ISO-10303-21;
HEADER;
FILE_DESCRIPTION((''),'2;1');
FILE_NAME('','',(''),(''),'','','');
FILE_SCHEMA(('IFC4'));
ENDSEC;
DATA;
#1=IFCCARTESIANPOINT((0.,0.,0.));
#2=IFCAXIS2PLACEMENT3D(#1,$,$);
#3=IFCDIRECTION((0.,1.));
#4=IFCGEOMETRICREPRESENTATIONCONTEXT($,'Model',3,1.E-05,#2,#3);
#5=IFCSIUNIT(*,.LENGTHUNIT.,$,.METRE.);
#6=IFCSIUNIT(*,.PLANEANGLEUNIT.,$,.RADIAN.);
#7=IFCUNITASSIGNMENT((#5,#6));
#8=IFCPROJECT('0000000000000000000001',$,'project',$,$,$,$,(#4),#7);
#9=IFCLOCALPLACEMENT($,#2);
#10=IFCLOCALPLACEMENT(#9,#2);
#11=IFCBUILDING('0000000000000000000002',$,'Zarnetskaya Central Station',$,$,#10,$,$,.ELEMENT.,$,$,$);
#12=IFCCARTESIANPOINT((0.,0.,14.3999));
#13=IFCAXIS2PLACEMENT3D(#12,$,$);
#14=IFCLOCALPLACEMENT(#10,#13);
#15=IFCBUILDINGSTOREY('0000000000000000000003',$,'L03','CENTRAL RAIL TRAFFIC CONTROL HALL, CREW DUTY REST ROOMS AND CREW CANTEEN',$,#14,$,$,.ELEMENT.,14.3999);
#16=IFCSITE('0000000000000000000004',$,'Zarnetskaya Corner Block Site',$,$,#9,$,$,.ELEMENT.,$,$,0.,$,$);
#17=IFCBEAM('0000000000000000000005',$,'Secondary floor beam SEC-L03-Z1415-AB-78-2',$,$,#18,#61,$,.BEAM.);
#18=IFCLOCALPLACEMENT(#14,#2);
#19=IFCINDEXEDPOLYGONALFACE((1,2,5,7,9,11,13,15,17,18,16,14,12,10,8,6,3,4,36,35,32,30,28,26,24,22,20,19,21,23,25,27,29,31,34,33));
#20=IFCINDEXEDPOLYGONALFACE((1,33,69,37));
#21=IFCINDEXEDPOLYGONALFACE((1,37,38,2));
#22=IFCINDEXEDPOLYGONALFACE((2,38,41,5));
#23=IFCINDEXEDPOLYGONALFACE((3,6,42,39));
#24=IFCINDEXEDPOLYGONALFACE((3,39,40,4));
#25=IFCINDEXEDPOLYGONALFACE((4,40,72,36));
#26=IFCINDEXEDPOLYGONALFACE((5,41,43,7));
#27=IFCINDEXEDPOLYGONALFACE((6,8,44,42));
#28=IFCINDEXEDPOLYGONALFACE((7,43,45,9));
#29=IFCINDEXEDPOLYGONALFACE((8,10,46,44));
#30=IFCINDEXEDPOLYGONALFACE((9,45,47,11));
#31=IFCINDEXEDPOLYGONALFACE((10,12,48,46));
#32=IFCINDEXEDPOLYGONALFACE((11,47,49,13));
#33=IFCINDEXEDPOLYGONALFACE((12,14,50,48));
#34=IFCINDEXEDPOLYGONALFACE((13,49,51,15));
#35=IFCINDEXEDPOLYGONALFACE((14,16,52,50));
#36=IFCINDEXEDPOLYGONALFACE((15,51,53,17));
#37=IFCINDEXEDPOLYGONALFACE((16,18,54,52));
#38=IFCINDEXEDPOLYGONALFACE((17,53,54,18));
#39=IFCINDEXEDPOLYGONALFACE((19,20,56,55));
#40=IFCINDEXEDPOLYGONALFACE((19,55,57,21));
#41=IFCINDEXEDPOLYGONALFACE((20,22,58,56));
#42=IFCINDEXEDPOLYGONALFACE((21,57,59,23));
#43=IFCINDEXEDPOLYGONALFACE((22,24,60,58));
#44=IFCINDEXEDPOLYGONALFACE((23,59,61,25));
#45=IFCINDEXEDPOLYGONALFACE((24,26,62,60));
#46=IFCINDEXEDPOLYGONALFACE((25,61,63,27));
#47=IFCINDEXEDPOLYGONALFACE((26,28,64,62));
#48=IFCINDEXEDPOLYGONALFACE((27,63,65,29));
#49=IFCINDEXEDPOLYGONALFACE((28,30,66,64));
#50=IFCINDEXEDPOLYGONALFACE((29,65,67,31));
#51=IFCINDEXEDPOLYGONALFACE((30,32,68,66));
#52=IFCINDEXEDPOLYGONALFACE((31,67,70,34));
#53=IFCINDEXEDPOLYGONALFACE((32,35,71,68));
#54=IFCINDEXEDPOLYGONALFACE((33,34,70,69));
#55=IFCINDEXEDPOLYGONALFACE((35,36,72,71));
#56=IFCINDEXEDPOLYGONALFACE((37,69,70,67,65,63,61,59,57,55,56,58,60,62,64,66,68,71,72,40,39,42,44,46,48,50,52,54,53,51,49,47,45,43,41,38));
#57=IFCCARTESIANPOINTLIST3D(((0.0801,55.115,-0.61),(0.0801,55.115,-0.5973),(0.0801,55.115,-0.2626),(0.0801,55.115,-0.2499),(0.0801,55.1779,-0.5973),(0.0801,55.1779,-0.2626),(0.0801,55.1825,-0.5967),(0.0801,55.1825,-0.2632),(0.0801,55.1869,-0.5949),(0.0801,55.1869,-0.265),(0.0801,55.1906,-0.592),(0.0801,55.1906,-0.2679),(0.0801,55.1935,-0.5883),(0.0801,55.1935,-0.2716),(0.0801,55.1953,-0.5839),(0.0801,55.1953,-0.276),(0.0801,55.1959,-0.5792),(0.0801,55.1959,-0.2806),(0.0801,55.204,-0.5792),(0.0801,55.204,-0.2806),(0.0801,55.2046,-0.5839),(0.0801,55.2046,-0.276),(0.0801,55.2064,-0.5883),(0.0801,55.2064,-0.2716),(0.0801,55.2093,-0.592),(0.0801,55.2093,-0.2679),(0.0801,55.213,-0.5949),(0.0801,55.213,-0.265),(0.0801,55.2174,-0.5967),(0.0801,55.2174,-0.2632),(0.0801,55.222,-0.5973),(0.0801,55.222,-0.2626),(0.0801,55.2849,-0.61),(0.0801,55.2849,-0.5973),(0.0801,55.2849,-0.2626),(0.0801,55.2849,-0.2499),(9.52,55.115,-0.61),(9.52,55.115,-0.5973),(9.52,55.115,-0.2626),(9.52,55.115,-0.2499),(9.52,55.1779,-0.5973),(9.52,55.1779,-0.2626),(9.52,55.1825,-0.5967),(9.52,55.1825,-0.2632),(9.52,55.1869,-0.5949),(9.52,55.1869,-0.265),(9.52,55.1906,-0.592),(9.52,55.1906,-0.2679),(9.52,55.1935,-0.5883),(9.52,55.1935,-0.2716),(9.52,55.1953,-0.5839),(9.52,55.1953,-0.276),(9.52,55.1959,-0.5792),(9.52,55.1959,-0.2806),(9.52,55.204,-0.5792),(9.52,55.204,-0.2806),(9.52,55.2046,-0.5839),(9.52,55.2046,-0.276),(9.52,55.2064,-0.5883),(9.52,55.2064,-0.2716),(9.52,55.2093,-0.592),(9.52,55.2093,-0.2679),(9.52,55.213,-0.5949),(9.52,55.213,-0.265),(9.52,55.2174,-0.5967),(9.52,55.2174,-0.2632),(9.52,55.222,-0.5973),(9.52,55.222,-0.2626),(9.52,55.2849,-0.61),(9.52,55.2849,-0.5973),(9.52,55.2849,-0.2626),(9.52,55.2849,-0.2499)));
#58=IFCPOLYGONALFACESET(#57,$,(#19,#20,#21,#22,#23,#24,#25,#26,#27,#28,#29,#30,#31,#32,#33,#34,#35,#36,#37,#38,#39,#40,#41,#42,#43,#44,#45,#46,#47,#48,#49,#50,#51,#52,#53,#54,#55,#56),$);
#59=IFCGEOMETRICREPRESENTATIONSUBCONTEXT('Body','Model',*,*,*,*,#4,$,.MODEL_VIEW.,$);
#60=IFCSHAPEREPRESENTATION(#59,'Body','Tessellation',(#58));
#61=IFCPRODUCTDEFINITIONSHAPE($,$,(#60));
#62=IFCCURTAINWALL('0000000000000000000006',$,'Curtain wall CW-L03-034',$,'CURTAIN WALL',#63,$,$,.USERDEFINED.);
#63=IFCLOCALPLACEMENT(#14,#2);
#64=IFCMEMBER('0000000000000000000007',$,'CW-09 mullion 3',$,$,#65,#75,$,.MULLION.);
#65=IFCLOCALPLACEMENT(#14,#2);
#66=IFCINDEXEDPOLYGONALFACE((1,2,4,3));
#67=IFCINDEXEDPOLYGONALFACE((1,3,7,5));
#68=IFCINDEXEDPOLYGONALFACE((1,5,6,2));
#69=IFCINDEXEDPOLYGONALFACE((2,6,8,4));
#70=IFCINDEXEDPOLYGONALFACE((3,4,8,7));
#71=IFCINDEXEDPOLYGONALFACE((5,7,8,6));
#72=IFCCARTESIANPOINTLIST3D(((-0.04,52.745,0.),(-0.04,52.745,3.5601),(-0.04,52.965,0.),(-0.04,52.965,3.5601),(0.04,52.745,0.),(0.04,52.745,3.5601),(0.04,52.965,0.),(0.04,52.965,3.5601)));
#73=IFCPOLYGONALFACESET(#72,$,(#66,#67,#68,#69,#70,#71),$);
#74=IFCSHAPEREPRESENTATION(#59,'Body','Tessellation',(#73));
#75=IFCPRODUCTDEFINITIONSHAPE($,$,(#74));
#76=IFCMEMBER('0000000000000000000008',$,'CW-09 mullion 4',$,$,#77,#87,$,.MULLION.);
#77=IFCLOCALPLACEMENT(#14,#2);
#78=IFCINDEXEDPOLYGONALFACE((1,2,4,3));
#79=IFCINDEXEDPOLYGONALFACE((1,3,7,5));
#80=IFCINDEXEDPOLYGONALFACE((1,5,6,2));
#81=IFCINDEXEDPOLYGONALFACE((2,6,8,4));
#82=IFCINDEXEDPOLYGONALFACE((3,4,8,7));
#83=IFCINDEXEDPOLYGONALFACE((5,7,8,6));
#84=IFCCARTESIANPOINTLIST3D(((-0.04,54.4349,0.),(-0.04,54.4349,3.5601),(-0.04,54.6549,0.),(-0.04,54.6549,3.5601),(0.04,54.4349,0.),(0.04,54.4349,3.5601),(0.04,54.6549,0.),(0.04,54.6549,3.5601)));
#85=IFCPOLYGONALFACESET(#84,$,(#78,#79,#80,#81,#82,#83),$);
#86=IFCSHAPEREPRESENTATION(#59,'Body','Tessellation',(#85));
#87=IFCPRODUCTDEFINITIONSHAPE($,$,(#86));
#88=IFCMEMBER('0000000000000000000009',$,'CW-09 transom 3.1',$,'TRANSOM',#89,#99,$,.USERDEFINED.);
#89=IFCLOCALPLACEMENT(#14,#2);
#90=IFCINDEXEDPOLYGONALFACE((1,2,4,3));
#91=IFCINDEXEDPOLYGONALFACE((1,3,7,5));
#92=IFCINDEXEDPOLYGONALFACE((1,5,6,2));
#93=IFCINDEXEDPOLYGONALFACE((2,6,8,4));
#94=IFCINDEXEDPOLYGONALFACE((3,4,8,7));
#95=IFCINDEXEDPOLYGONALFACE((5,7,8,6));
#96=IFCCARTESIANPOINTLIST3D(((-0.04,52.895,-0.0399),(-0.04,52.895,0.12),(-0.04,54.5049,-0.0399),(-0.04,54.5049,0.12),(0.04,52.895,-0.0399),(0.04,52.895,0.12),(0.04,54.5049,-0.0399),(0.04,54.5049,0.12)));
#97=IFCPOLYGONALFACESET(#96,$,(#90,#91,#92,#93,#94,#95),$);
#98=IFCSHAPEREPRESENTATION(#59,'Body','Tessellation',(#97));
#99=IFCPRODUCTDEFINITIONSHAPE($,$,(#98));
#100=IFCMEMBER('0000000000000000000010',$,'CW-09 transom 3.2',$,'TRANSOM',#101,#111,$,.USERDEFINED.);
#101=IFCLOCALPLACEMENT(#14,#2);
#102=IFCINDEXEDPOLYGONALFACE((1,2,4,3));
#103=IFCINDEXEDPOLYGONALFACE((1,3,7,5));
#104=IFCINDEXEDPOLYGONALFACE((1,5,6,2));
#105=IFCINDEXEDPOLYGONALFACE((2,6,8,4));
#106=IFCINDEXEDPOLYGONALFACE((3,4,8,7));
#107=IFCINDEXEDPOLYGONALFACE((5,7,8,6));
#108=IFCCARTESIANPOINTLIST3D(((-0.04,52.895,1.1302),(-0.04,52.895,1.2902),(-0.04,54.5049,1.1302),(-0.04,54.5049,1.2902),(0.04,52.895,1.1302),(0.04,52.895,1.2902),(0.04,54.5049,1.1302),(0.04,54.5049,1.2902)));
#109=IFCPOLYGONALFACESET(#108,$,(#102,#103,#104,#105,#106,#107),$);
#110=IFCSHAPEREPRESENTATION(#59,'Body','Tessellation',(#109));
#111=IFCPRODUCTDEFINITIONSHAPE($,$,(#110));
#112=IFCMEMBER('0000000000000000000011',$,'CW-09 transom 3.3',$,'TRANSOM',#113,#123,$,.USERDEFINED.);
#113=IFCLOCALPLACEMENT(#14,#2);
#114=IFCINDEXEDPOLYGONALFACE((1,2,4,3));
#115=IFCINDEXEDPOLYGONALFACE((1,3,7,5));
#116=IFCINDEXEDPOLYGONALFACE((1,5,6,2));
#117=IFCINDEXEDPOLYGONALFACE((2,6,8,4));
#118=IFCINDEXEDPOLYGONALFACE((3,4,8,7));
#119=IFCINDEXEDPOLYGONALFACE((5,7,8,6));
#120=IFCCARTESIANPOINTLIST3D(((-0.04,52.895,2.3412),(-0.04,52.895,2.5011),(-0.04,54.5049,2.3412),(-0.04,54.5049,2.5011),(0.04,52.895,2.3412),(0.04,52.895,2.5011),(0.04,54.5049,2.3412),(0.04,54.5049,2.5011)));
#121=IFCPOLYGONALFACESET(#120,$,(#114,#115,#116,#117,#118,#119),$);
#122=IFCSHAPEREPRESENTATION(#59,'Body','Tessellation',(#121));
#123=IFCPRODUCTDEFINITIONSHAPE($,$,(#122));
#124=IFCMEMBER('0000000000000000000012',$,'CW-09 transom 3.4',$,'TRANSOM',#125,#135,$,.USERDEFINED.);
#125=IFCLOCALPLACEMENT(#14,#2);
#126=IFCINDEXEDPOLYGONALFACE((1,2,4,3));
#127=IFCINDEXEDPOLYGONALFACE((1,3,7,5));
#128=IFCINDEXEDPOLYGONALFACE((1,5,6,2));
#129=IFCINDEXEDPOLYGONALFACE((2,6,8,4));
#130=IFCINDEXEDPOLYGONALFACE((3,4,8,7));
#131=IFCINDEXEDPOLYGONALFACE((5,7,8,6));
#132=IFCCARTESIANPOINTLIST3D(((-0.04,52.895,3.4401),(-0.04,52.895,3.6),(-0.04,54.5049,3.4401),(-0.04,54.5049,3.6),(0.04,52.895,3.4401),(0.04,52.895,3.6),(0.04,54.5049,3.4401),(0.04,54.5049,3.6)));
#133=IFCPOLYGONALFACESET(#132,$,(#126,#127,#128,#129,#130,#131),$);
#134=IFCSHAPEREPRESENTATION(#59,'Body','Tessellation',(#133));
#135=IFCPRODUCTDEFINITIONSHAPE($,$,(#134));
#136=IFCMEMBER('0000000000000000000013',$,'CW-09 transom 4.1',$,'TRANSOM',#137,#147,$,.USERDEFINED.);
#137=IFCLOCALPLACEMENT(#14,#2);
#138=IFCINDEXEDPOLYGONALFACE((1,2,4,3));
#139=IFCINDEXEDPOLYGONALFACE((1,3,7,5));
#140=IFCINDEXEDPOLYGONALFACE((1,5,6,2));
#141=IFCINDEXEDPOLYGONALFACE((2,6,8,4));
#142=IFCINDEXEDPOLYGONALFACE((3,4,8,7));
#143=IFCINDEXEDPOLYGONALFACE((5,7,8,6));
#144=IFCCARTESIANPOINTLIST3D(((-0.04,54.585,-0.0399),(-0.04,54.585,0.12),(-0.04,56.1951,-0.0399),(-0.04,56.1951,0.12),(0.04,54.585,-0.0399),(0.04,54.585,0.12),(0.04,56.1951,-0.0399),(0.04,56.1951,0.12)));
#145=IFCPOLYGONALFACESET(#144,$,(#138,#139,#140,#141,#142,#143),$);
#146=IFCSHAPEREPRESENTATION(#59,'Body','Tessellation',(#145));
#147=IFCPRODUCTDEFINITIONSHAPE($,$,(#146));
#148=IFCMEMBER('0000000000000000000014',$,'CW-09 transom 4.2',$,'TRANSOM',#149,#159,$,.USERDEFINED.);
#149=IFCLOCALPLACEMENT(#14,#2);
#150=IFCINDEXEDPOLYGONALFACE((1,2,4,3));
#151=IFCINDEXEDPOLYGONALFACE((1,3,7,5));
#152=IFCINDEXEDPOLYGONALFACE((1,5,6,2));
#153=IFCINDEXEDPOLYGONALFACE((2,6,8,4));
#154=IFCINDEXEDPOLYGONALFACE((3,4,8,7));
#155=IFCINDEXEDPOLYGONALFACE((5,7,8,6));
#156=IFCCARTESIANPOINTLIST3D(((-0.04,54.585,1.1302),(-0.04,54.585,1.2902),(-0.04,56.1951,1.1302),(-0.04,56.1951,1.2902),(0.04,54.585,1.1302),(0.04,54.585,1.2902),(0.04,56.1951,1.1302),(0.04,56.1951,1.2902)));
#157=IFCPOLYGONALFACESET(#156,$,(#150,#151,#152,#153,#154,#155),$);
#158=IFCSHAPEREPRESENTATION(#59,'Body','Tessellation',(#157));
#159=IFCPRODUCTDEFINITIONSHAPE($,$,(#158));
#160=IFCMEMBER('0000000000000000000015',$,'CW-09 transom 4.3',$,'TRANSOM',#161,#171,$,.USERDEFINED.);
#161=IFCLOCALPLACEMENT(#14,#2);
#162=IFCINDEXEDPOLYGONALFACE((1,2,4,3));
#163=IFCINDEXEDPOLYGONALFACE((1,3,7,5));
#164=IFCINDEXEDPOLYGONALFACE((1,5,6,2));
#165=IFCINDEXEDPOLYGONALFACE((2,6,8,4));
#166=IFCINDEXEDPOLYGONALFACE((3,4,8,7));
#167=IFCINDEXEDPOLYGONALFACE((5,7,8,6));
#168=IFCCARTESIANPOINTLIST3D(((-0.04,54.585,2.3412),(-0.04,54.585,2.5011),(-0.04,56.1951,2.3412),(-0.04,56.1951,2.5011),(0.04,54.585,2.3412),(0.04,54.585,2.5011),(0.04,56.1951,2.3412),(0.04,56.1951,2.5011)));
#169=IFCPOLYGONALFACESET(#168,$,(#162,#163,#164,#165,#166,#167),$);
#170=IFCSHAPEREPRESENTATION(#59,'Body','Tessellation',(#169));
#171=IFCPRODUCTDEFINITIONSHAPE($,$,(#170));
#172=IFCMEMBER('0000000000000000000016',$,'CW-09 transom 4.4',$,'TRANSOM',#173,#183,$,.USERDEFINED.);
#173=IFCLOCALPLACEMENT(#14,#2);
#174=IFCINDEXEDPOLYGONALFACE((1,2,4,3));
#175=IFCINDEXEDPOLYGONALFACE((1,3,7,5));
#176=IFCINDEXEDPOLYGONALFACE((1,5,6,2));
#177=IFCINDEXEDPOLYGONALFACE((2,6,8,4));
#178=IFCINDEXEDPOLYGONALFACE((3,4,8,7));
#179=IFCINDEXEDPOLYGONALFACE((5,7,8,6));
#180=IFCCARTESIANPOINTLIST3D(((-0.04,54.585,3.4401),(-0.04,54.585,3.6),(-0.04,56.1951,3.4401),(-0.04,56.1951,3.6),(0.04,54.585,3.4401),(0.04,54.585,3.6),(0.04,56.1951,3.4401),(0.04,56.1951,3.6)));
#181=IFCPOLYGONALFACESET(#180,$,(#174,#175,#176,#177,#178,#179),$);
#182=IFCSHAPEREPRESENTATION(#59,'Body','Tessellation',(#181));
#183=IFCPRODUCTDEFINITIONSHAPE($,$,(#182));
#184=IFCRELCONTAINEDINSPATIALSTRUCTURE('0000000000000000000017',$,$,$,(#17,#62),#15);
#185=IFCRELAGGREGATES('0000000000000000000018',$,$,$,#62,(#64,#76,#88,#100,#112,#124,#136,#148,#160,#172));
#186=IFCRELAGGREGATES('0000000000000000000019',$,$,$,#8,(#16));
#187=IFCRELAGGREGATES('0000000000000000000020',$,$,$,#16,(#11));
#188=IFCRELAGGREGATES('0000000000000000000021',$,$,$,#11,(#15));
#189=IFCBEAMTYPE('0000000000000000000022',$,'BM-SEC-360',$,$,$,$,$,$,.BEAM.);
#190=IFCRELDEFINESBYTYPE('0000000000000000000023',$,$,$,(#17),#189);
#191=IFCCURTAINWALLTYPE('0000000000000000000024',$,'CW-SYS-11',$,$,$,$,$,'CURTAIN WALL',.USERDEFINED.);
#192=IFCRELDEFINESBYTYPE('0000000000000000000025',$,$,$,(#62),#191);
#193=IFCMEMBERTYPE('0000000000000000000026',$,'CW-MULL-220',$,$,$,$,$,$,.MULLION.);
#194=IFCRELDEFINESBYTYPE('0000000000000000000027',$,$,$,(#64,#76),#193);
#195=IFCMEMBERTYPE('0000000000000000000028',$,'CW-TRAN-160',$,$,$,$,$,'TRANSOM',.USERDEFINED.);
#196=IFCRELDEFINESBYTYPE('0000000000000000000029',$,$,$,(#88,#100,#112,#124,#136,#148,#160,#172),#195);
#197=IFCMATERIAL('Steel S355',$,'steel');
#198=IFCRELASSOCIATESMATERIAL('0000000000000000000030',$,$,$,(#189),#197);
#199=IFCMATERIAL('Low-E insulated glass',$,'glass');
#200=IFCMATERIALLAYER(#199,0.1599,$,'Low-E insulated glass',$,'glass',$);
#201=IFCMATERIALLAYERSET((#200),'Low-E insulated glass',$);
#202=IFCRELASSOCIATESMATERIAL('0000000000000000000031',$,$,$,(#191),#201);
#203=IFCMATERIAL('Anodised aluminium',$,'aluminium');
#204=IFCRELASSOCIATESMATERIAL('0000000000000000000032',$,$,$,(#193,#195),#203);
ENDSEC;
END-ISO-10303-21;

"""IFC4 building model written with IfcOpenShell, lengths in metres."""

from ifc_helpers import new_model, si_unit, direction, frame, origin, origin_2d, place, context, subcontext, project, spatial, rectangle, i_section, extrude, material, layer, layer_set, material_profile, profile_set, type_object, element, aggregate, save


model = new_model("IFC4")

# Units and contexts
model_context = context("Model", 3, precision=1e-05, world=origin(), true_north=direction((0.0, 1.0)))
body_context = subcontext(model_context, "Body", "Model", "MODEL_VIEW")
ifc_project = project(units=[si_unit("LENGTHUNIT", "METRE"), si_unit("PLANEANGLEUNIT", "RADIAN")], contexts=[model_context])

# Site, building, storey
site_placement = place(None, origin())
site = spatial("IfcSite", under=ifc_project, at=site_placement, Name="Zarnetskaya Corner Block Site", CompositionType="ELEMENT", RefElevation=0.0)
building_placement = place(site_placement, origin())
building = spatial("IfcBuilding", under=site, at=building_placement, Name="Zarnetskaya Central Station", CompositionType="ELEMENT")
storey_placement = place(building_placement, frame((0.0, 0.0, 14.3999)))
storey = spatial("IfcBuildingStorey", under=building, at=storey_placement, Name="L03", Description="CENTRAL RAIL TRAFFIC CONTROL HALL, CREW DUTY REST ROOMS AND CREW CANTEEN", CompositionType="ELEMENT", Elevation=14.3999)

# Beam
ifc_material_1 = material(Name="Steel S355", Category="steel")
ifc_material_profile_1 = material_profile(ifc_material_1, i_section(OverallWidth=0.1699, OverallDepth=0.3601, WebThickness=0.0081, FlangeThickness=0.0127, FilletRadius=0.0181, at=origin_2d()), Name="IPE 360")
ifc_profile_set_1 = profile_set([ifc_material_profile_1], Name="Steel S355")
beam_type = type_object("IfcBeamType", Name="BM-SEC-360", PredefinedType="BEAM", material=ifc_profile_set_1)
beam_placement = place(storey_placement, frame((0.0801, 55.2, -0.4299), z_axis=(1.0, 0.0, 0.0), x_axis=(0.0, 1.0, 0.0)))
element("IfcBeam", 1, at=beam_placement, inside=storey, type_object=beam_type, Name="Secondary floor beam SEC-L03-Z1415-AB-78-2", PredefinedType="BEAM", context=body_context, shape_type="SweptSolid", body=[
    extrude(i_section(OverallWidth=0.1699, OverallDepth=0.3601, WebThickness=0.0081, FlangeThickness=0.0127, FilletRadius=0.0181, at=origin_2d()), origin(), (0.0, 0.0, 1.0), 9.4399),
])

# Curtain wall, members
ifc_material_2 = material(Name="Low-E insulated glass", Category="glass")
ifc_layer_1 = layer(ifc_material_2, 0.1599, Name="Low-E insulated glass", Category="glass")
ifc_layer_set_1 = layer_set([ifc_layer_1], Name="Low-E insulated glass")
curtain_wall_type = type_object("IfcCurtainWallType", Name="CW-SYS-11", ElementType="CURTAIN WALL", PredefinedType="USERDEFINED", material=ifc_layer_set_1)
curtain_wall_placement = place(storey_placement, origin())
curtain_wall = element("IfcCurtainWall", 2, at=curtain_wall_placement, inside=storey, type_object=curtain_wall_type, Name="Curtain wall CW-L03-034", ObjectType="CURTAIN WALL", PredefinedType="USERDEFINED")
ifc_material_3 = material(Name="Anodised aluminium", Category="aluminium")
ifc_material_profile_2 = material_profile(ifc_material_3, rectangle(XDim=0.0801, YDim=0.22, at=origin_2d()), Name="ALU MULL 80x220")
ifc_profile_set_2 = profile_set([ifc_material_profile_2], Name="Anodised aluminium")
member_type_1 = type_object("IfcMemberType", Name="CW-MULL-220", PredefinedType="MULLION", material=ifc_profile_set_2)
member_1_placement = place(storey_placement, frame((0.0, 52.855, 0.0), z_axis=(0.0, 0.0, 1.0), x_axis=(-1.0, 0.0, 0.0)))
member_1 = element("IfcMember", 3, at=member_1_placement, type_object=member_type_1, Name="CW-09 mullion 3", PredefinedType="MULLION", context=body_context, shape_type="SweptSolid", body=[
    extrude(rectangle(XDim=0.0801, YDim=0.22, at=origin_2d()), origin(), (0.0, 0.0, 1.0), 3.5601),
])
member_2_placement = place(storey_placement, frame((0.0, 54.5449, 0.0), z_axis=(0.0, 0.0, 1.0), x_axis=(-1.0, 0.0, 0.0)))
member_2 = element("IfcMember", 4, at=member_2_placement, type_object=member_type_1, Name="CW-09 mullion 4", PredefinedType="MULLION", context=body_context, shape_type="SweptSolid", body=[
    extrude(rectangle(XDim=0.0801, YDim=0.22, at=origin_2d()), origin(), (0.0, 0.0, 1.0), 3.5601),
])
ifc_material_profile_3 = material_profile(ifc_material_3, rectangle(XDim=0.0801, YDim=0.1599, at=origin_2d()), Name="ALU TRAN 80x160")
ifc_profile_set_3 = profile_set([ifc_material_profile_3], Name="Anodised aluminium")
member_type_2 = type_object("IfcMemberType", Name="CW-TRAN-160", ElementType="TRANSOM", PredefinedType="USERDEFINED", material=ifc_profile_set_3)
member_3_placement = place(storey_placement, frame((0.0, 52.895, 0.04), z_axis=(0.0, 1.0, 0.0), x_axis=(-1.0, 0.0, 0.0)))
member_3 = element("IfcMember", 5, at=member_3_placement, type_object=member_type_2, Name="CW-09 transom 3.1", ObjectType="TRANSOM", PredefinedType="USERDEFINED", context=body_context, shape_type="SweptSolid", body=[
    extrude(rectangle(XDim=0.0801, YDim=0.1599, at=origin_2d()), origin(), (0.0, 0.0, 1.0), 1.6099),
])
member_4_placement = place(storey_placement, frame((0.0, 52.895, 1.2102), z_axis=(0.0, 1.0, 0.0), x_axis=(-1.0, 0.0, 0.0)))
member_4 = element("IfcMember", 6, at=member_4_placement, type_object=member_type_2, Name="CW-09 transom 3.2", ObjectType="TRANSOM", PredefinedType="USERDEFINED", context=body_context, shape_type="SweptSolid", body=[
    extrude(rectangle(XDim=0.0801, YDim=0.1599, at=origin_2d()), origin(), (0.0, 0.0, 1.0), 1.6099),
])
member_5_placement = place(storey_placement, frame((0.0, 52.895, 2.4211), z_axis=(0.0, 1.0, 0.0), x_axis=(-1.0, 0.0, 0.0)))
member_5 = element("IfcMember", 7, at=member_5_placement, type_object=member_type_2, Name="CW-09 transom 3.3", ObjectType="TRANSOM", PredefinedType="USERDEFINED", context=body_context, shape_type="SweptSolid", body=[
    extrude(rectangle(XDim=0.0801, YDim=0.1599, at=origin_2d()), origin(), (0.0, 0.0, 1.0), 1.6099),
])
member_6_placement = place(storey_placement, frame((0.0, 52.895, 3.52), z_axis=(0.0, 1.0, 0.0), x_axis=(-1.0, 0.0, 0.0)))
member_6 = element("IfcMember", 8, at=member_6_placement, type_object=member_type_2, Name="CW-09 transom 3.4", ObjectType="TRANSOM", PredefinedType="USERDEFINED", context=body_context, shape_type="SweptSolid", body=[
    extrude(rectangle(XDim=0.0801, YDim=0.1599, at=origin_2d()), origin(), (0.0, 0.0, 1.0), 1.6099),
])
member_7_placement = place(storey_placement, frame((0.0, 54.585, 0.04), z_axis=(0.0, 1.0, 0.0), x_axis=(-1.0, 0.0, 0.0)))
member_7 = element("IfcMember", 9, at=member_7_placement, type_object=member_type_2, Name="CW-09 transom 4.1", ObjectType="TRANSOM", PredefinedType="USERDEFINED", context=body_context, shape_type="SweptSolid", body=[
    extrude(rectangle(XDim=0.0801, YDim=0.1599, at=origin_2d()), origin(), (0.0, 0.0, 1.0), 1.6101),
])
member_8_placement = place(storey_placement, frame((0.0, 54.585, 1.2102), z_axis=(0.0, 1.0, 0.0), x_axis=(-1.0, 0.0, 0.0)))
member_8 = element("IfcMember", 10, at=member_8_placement, type_object=member_type_2, Name="CW-09 transom 4.2", ObjectType="TRANSOM", PredefinedType="USERDEFINED", context=body_context, shape_type="SweptSolid", body=[
    extrude(rectangle(XDim=0.0801, YDim=0.1599, at=origin_2d()), origin(), (0.0, 0.0, 1.0), 1.6101),
])
member_9_placement = place(storey_placement, frame((0.0, 54.585, 2.4211), z_axis=(0.0, 1.0, 0.0), x_axis=(-1.0, 0.0, 0.0)))
member_9 = element("IfcMember", 11, at=member_9_placement, type_object=member_type_2, Name="CW-09 transom 4.3", ObjectType="TRANSOM", PredefinedType="USERDEFINED", context=body_context, shape_type="SweptSolid", body=[
    extrude(rectangle(XDim=0.0801, YDim=0.1599, at=origin_2d()), origin(), (0.0, 0.0, 1.0), 1.6101),
])
member_10_placement = place(storey_placement, frame((0.0, 54.585, 3.52), z_axis=(0.0, 1.0, 0.0), x_axis=(-1.0, 0.0, 0.0)))
member_10 = element("IfcMember", 12, at=member_10_placement, type_object=member_type_2, Name="CW-09 transom 4.4", ObjectType="TRANSOM", PredefinedType="USERDEFINED", context=body_context, shape_type="SweptSolid", body=[
    extrude(rectangle(XDim=0.0801, YDim=0.1599, at=origin_2d()), origin(), (0.0, 0.0, 1.0), 1.6101),
])
aggregate(curtain_wall, [member_1, member_2, member_3, member_4, member_5, member_6, member_7, member_8, member_9, member_10])

save(model, "model.ifc")
